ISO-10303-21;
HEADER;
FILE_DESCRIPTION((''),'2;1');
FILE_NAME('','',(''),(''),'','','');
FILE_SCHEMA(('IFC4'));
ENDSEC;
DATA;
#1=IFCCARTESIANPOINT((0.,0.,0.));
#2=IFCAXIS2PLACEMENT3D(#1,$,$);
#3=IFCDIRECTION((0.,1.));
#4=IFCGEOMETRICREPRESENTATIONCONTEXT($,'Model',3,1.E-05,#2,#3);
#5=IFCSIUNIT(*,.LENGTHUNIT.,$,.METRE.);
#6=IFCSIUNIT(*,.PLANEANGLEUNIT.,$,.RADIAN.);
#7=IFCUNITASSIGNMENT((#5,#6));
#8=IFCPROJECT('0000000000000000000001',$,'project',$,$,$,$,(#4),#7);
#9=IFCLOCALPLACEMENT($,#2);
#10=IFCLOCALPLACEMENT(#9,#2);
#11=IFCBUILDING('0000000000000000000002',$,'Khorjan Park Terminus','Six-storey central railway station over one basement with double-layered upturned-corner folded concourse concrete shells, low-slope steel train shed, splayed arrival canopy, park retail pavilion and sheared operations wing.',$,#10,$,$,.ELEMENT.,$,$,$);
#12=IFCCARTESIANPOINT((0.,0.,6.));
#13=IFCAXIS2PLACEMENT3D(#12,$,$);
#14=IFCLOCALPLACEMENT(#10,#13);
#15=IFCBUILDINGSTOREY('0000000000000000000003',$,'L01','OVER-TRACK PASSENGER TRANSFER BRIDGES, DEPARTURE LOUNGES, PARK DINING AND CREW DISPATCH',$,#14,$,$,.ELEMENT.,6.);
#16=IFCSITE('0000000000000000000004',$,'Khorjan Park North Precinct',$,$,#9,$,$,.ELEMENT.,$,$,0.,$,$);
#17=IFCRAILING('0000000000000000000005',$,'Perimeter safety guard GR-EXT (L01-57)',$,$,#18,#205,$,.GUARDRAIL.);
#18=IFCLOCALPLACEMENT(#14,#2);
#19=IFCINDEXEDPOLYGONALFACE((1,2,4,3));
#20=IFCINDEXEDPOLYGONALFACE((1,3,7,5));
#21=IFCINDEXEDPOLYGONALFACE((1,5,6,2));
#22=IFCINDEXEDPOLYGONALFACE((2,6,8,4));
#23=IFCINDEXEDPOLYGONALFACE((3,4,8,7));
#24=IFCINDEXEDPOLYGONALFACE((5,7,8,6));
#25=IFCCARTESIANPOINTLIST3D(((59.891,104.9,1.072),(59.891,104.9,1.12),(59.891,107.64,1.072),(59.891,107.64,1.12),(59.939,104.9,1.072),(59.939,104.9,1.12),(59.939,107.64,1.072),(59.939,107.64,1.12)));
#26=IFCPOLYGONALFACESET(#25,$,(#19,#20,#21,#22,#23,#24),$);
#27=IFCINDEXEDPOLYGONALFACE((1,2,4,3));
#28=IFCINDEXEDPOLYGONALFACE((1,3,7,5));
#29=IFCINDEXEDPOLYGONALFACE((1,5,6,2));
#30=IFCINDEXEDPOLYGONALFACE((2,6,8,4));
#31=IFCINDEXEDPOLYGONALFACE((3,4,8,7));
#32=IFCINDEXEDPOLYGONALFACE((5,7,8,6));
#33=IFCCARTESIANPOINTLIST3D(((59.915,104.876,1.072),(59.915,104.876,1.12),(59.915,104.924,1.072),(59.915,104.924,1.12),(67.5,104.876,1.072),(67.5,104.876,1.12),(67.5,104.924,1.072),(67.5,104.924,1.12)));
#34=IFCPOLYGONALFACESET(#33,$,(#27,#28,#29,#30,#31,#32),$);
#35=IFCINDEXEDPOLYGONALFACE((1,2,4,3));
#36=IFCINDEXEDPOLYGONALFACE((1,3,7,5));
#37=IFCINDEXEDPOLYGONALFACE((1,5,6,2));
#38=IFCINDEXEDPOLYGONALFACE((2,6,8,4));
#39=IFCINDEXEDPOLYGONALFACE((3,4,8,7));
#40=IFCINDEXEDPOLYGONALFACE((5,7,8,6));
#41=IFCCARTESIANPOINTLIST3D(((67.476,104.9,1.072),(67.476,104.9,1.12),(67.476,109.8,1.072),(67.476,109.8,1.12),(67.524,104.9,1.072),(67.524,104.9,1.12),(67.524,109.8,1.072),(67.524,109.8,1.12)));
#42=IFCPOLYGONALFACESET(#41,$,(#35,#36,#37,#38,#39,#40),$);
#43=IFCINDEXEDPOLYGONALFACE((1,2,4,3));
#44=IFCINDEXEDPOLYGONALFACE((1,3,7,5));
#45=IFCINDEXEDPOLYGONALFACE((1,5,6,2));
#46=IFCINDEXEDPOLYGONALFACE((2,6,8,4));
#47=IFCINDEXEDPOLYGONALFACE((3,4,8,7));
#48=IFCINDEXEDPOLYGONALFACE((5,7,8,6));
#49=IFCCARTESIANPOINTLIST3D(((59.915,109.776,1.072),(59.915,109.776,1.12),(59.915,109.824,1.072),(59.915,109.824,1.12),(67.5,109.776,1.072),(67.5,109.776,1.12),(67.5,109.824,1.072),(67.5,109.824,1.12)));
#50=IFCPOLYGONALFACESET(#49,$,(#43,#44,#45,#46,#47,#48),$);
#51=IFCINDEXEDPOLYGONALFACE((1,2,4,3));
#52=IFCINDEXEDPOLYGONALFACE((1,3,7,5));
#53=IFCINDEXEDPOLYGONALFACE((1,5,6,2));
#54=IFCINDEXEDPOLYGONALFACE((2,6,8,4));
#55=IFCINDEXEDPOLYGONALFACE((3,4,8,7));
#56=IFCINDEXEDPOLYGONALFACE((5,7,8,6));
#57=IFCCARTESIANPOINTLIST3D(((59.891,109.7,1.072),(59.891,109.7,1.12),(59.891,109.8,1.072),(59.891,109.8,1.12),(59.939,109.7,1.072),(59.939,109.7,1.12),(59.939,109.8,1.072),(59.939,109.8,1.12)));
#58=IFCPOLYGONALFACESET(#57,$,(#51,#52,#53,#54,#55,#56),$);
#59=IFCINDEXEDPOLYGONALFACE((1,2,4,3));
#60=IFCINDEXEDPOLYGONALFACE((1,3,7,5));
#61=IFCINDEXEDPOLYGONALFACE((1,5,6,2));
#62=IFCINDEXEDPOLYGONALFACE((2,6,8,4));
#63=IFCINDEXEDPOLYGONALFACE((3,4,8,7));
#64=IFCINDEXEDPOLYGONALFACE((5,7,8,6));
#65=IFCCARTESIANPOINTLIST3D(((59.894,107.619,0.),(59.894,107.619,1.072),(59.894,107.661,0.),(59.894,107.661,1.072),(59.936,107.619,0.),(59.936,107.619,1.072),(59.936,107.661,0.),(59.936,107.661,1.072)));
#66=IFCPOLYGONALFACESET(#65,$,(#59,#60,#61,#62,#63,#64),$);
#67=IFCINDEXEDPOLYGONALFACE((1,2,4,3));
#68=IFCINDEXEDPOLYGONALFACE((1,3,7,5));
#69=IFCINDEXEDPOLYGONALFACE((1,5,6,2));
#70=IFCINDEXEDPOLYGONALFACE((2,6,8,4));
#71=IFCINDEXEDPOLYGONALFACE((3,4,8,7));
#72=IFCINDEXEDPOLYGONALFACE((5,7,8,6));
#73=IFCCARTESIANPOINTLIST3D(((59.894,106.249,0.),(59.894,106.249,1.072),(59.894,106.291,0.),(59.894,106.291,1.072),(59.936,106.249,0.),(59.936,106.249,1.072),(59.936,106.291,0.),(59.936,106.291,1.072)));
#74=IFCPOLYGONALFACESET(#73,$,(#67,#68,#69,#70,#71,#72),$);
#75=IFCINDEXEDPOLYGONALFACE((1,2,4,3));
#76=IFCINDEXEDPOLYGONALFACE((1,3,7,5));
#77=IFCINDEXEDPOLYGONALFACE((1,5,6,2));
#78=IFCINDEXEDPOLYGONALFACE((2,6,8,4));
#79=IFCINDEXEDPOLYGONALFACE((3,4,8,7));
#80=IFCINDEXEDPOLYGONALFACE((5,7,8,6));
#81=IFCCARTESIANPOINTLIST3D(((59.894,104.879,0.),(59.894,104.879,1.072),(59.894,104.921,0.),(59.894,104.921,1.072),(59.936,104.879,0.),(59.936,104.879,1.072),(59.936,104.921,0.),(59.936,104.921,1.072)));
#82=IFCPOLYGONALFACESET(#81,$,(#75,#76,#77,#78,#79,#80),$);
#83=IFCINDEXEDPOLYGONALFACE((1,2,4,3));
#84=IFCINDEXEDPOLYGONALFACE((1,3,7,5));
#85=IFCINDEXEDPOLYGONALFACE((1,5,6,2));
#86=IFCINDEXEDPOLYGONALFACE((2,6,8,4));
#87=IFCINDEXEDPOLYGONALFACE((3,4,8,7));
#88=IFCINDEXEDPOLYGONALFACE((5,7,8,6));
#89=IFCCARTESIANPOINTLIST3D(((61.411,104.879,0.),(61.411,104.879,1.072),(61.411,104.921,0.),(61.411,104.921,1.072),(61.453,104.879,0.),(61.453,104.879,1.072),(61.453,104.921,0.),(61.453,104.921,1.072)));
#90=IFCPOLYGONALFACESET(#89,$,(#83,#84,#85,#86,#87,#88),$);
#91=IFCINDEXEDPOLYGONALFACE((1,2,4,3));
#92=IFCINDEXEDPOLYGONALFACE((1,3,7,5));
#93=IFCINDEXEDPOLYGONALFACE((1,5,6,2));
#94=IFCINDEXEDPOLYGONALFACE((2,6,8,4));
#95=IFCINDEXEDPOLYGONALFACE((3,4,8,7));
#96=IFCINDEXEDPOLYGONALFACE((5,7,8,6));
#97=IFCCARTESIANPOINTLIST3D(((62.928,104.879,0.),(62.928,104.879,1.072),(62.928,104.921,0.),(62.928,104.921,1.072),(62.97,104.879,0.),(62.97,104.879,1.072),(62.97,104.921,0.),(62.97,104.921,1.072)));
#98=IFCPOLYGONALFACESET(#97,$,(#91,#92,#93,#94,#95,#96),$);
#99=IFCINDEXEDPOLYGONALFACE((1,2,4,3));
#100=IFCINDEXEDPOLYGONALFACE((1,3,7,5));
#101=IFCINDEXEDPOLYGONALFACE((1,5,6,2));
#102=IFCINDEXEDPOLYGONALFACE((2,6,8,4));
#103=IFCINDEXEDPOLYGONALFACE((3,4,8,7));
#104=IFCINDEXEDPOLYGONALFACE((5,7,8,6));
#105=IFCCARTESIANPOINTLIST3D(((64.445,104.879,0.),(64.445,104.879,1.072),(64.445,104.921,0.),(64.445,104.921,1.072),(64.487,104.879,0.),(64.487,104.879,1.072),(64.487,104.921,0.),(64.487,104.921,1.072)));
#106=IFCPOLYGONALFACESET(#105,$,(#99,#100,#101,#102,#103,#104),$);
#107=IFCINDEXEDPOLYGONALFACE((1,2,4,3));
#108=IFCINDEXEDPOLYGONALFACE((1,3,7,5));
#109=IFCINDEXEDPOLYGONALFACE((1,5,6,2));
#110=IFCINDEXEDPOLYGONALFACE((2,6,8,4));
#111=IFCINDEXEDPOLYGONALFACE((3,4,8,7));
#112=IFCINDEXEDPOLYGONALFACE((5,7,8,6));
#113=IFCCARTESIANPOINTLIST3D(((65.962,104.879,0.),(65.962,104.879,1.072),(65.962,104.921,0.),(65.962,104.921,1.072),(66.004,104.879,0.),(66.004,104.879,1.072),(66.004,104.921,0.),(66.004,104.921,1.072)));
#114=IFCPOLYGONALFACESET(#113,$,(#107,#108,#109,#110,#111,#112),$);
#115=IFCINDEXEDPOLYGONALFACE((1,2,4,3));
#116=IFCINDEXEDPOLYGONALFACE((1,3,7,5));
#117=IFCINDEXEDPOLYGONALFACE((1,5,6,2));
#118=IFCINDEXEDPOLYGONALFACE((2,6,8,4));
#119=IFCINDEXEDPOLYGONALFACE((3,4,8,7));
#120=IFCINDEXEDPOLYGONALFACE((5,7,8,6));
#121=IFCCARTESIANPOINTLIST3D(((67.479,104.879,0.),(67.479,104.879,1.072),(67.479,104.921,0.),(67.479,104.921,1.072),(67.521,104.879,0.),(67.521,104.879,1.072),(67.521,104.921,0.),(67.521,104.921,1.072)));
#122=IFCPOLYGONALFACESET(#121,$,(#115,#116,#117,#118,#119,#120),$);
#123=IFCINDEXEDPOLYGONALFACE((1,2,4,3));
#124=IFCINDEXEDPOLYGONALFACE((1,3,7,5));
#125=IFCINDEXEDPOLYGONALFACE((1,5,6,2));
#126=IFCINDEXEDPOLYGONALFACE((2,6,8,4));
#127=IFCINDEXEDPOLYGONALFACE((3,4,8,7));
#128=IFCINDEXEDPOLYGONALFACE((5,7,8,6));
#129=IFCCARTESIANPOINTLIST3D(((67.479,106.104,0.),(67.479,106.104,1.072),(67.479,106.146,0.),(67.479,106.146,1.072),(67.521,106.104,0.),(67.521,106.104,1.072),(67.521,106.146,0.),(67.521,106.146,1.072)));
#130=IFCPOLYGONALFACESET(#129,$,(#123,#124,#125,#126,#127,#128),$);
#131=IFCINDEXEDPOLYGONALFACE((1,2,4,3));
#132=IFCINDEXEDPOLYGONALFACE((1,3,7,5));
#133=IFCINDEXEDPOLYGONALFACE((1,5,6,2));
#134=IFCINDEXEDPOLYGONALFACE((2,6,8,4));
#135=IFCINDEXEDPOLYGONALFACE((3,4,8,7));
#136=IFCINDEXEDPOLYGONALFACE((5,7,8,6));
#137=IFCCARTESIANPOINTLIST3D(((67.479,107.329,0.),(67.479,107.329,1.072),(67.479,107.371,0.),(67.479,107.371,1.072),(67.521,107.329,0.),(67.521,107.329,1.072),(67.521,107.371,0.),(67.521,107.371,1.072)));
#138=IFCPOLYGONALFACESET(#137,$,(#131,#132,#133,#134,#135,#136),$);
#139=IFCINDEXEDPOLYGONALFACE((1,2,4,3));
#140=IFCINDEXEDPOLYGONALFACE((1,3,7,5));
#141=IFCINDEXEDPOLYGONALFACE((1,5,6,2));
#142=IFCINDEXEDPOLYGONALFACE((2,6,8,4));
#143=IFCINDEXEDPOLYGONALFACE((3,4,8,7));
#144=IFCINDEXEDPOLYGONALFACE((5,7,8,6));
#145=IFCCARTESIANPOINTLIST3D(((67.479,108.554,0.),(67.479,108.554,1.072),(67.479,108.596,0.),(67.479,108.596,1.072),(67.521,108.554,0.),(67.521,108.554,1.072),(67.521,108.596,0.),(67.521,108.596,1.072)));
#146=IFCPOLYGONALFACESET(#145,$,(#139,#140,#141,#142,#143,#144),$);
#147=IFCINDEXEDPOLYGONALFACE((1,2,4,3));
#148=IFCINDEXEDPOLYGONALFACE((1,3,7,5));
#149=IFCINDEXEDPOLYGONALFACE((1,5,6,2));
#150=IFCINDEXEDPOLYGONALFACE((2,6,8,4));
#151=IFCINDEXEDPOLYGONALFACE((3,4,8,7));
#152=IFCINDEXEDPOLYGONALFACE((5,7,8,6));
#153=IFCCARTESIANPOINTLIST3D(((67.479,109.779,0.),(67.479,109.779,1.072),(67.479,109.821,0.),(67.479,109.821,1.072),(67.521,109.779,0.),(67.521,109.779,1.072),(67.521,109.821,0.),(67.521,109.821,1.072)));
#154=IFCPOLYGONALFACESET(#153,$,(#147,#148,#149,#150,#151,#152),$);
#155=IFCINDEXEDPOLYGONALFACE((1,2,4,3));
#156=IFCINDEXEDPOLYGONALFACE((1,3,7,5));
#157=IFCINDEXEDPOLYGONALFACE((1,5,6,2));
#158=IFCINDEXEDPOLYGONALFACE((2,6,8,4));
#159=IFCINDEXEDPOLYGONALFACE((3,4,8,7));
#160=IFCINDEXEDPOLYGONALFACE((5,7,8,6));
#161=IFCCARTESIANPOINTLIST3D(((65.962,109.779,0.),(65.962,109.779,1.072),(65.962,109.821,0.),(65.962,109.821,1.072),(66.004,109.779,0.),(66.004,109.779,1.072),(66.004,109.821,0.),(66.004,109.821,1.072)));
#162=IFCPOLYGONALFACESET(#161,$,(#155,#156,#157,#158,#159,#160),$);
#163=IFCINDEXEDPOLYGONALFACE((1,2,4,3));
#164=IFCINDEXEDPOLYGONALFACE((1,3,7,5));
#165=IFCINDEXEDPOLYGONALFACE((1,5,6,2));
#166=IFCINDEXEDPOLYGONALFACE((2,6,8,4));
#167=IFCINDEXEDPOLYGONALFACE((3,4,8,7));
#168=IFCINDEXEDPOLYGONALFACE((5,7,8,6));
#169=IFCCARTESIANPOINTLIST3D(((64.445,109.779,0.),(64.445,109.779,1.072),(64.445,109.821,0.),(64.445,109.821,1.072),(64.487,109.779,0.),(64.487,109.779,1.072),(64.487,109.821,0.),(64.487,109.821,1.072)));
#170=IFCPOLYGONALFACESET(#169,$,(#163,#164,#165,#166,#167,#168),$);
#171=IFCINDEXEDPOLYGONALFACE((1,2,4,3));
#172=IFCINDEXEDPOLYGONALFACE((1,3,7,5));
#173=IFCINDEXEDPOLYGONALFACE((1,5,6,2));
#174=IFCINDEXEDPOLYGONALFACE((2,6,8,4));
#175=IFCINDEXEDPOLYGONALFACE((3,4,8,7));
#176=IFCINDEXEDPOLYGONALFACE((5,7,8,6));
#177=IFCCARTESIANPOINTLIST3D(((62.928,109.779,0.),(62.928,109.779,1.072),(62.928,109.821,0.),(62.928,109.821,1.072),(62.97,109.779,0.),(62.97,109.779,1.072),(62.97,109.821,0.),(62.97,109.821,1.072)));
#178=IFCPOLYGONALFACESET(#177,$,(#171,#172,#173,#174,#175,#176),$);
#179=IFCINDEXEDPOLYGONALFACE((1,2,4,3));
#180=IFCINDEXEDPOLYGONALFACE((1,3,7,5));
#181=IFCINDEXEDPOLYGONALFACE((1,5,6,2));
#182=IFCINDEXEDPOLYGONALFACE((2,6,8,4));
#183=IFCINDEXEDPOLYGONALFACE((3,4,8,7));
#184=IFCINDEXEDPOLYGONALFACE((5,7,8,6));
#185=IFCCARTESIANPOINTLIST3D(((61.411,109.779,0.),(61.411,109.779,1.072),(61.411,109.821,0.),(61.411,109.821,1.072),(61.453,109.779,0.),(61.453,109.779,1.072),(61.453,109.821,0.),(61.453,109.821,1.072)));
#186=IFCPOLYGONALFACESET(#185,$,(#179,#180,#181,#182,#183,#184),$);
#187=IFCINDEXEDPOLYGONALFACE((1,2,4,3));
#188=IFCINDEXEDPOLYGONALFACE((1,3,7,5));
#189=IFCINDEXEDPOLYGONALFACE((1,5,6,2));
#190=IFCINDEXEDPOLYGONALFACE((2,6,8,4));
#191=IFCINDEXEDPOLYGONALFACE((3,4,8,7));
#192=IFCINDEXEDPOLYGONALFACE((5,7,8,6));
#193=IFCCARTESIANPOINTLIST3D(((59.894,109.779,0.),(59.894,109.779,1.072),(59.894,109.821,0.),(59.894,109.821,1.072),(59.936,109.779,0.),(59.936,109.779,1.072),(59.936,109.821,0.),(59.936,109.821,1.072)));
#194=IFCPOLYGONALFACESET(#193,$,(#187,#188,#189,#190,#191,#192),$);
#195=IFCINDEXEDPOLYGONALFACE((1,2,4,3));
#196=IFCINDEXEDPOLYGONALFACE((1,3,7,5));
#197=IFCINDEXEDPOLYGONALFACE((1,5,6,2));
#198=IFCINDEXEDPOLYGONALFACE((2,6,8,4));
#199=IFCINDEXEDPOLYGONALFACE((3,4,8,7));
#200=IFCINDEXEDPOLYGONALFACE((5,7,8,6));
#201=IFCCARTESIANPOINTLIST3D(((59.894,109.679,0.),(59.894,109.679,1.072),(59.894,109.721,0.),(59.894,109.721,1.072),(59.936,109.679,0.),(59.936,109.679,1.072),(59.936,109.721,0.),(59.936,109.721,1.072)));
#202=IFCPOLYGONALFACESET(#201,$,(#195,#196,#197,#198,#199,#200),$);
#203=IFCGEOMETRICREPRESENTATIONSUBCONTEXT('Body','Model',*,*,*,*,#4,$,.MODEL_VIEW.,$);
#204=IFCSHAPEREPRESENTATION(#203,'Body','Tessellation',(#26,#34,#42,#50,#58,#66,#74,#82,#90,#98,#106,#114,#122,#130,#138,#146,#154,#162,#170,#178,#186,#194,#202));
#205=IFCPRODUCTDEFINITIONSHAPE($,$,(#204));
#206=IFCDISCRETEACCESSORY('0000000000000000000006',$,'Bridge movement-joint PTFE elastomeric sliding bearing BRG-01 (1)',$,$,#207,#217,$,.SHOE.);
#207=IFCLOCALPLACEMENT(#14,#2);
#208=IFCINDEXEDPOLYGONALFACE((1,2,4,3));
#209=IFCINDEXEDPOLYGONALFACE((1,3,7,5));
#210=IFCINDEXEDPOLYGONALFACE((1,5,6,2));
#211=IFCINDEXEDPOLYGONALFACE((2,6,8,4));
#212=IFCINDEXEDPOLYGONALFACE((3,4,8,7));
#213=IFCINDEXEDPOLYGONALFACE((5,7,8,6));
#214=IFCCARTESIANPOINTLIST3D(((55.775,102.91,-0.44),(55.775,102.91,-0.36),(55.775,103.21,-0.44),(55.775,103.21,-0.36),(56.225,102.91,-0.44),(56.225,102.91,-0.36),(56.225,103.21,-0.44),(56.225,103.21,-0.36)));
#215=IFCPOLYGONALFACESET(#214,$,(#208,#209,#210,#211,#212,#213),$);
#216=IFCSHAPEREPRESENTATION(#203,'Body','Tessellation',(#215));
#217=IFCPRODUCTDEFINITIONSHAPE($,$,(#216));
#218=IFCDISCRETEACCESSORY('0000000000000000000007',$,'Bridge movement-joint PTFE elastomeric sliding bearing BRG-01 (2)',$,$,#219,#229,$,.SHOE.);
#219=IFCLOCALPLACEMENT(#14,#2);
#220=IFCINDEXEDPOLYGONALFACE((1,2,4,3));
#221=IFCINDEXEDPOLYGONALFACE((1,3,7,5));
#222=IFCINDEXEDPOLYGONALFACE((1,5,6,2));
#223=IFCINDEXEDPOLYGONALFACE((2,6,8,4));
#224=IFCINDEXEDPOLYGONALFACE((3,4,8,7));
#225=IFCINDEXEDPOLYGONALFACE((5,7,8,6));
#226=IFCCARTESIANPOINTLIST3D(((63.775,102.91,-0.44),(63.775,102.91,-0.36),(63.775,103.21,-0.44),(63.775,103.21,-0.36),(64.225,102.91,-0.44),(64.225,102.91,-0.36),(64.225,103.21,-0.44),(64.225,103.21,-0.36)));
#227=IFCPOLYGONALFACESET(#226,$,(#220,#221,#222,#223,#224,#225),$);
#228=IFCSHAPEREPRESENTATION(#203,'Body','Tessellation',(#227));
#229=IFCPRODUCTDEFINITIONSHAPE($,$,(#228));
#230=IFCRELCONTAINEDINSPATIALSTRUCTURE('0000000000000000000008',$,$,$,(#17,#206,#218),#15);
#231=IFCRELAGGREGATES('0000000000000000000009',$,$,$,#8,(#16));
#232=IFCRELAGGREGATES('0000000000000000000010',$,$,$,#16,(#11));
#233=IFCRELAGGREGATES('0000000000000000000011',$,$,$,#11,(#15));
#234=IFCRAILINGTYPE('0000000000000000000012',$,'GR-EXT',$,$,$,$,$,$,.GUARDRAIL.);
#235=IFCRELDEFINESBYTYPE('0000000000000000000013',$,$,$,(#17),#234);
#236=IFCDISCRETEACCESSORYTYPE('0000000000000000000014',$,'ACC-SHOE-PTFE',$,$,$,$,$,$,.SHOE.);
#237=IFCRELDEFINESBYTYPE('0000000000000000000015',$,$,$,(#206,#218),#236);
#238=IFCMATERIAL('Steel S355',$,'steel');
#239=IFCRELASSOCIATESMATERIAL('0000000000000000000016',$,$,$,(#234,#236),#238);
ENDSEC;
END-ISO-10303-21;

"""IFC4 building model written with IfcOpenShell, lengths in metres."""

from ifc_helpers import new_model, si_unit, direction, frame, origin, origin_2d, place, context, subcontext, project, spatial, rectangle, extrude, material, type_object, element, save


model = new_model("IFC4")

# Units and contexts
model_context = context("Model", 3, precision=1e-05, world=origin(), true_north=direction((0.0, 1.0)))
body_context = subcontext(model_context, "Body", "Model", "MODEL_VIEW")
ifc_project = project(units=[si_unit("LENGTHUNIT", "METRE"), si_unit("PLANEANGLEUNIT", "RADIAN")], contexts=[model_context])

# Site, building, storey
site_placement = place(None, origin())
site = spatial("IfcSite", under=ifc_project, at=site_placement, Name="Khorjan Park North Precinct", CompositionType="ELEMENT", RefElevation=0.0)
building_placement = place(site_placement, origin())
building = spatial("IfcBuilding", under=site, at=building_placement, Name="Khorjan Park Terminus", Description="Six-storey central railway station over one basement with double-layered upturned-corner folded concourse concrete shells, low-slope steel train shed, splayed arrival canopy, park retail pavilion and sheared operations wing.", CompositionType="ELEMENT")
storey_placement = place(building_placement, frame((0.0, 0.0, 6.0)))
storey = spatial("IfcBuildingStorey", under=building, at=storey_placement, Name="L01", Description="OVER-TRACK PASSENGER TRANSFER BRIDGES, DEPARTURE LOUNGES, PARK DINING AND CREW DISPATCH", CompositionType="ELEMENT", Elevation=6.0)

# Shared definitions
ifc_material_1 = material(Name="Steel S355", Category="steel")

# Railing
railing_type_1 = type_object("IfcRailingType", Name="GR-EXT", PredefinedType="GUARDRAIL", material=ifc_material_1)
railing_1_placement = place(storey_placement, frame((59.915, 107.64, 0.0)))
element("IfcRailing", 1, at=railing_1_placement, inside=storey, type_object=railing_type_1, Name="Perimeter safety guard GR-EXT (L01-57)", PredefinedType="GUARDRAIL", context=body_context, shape_type="SweptSolid", body=[
    extrude(rectangle(XDim=0.048, YDim=0.048, at=origin_2d()), frame((0.0, 0.0, 1.096), z_axis=(0.0, -1.0, 0.0), x_axis=(1.0, 0.0, 0.0)), (0.0, 0.0, 1.0), 2.74),
    extrude(rectangle(XDim=0.048, YDim=0.048, at=origin_2d()), frame((0.0, -2.74, 1.096), z_axis=(1.0, 0.0, 0.0), x_axis=(0.0, 1.0, 0.0)), (0.0, 0.0, 1.0), 7.585),
    extrude(rectangle(XDim=0.048, YDim=0.048, at=origin_2d()), frame((7.585, -2.74, 1.096), z_axis=(0.0, 1.0, 0.0), x_axis=(-1.0, 0.0, 0.0)), (0.0, 0.0, 1.0), 4.9),
    extrude(rectangle(XDim=0.048, YDim=0.048, at=origin_2d()), frame((7.585, 2.16, 1.096), z_axis=(-1.0, 0.0, 0.0), x_axis=(0.0, -1.0, 0.0)), (0.0, 0.0, 1.0), 7.585),
    extrude(rectangle(XDim=0.048, YDim=0.048, at=origin_2d()), frame((0.0, 2.16, 1.096), z_axis=(0.0, -1.0, 0.0), x_axis=(1.0, 0.0, 0.0)), (0.0, 0.0, 1.0), 0.1),
    extrude(rectangle(XDim=0.042, YDim=0.042, at=origin_2d()), origin(), (0.0, 0.0, 1.0), 1.072),
    extrude(rectangle(XDim=0.042, YDim=0.042, at=origin_2d()), frame((0.0, -1.37, 0.0)), (0.0, 0.0, 1.0), 1.072),
    extrude(rectangle(XDim=0.042, YDim=0.042, at=origin_2d()), frame((0.0, -2.74, 0.0)), (0.0, 0.0, 1.0), 1.072),
    extrude(rectangle(XDim=0.042, YDim=0.042, at=origin_2d()), frame((1.517, -2.74, 0.0)), (0.0, 0.0, 1.0), 1.072),
    extrude(rectangle(XDim=0.042, YDim=0.042, at=origin_2d()), frame((3.034, -2.74, 0.0)), (0.0, 0.0, 1.0), 1.072),
    extrude(rectangle(XDim=0.042, YDim=0.042, at=origin_2d()), frame((4.551, -2.74, 0.0)), (0.0, 0.0, 1.0), 1.072),
    extrude(rectangle(XDim=0.042, YDim=0.042, at=origin_2d()), frame((6.068, -2.74, 0.0)), (0.0, 0.0, 1.0), 1.072),
    extrude(rectangle(XDim=0.042, YDim=0.042, at=origin_2d()), frame((7.585, -2.74, 0.0)), (0.0, 0.0, 1.0), 1.072),
    extrude(rectangle(XDim=0.042, YDim=0.042, at=origin_2d()), frame((7.585, -1.515, 0.0)), (0.0, 0.0, 1.0), 1.072),
    extrude(rectangle(XDim=0.042, YDim=0.042, at=origin_2d()), frame((7.585, -0.29, 0.0)), (0.0, 0.0, 1.0), 1.072),
    extrude(rectangle(XDim=0.042, YDim=0.042, at=origin_2d()), frame((7.585, 0.935, 0.0)), (0.0, 0.0, 1.0), 1.072),
    extrude(rectangle(XDim=0.042, YDim=0.042, at=origin_2d()), frame((7.585, 2.16, 0.0)), (0.0, 0.0, 1.0), 1.072),
    extrude(rectangle(XDim=0.042, YDim=0.042, at=origin_2d()), frame((6.068, 2.16, 0.0)), (0.0, 0.0, 1.0), 1.072),
    extrude(rectangle(XDim=0.042, YDim=0.042, at=origin_2d()), frame((4.551, 2.16, 0.0)), (0.0, 0.0, 1.0), 1.072),
    extrude(rectangle(XDim=0.042, YDim=0.042, at=origin_2d()), frame((3.034, 2.16, 0.0)), (0.0, 0.0, 1.0), 1.072),
    extrude(rectangle(XDim=0.042, YDim=0.042, at=origin_2d()), frame((1.517, 2.16, 0.0)), (0.0, 0.0, 1.0), 1.072),
    extrude(rectangle(XDim=0.042, YDim=0.042, at=origin_2d()), frame((0.0, 2.16, 0.0)), (0.0, 0.0, 1.0), 1.072),
    extrude(rectangle(XDim=0.042, YDim=0.042, at=origin_2d()), frame((0.0, 2.06, 0.0)), (0.0, 0.0, 1.0), 1.072),
])

# Discrete accessories
discrete_accessory_type = type_object("IfcDiscreteAccessoryType", Name="ACC-SHOE-PTFE", PredefinedType="SHOE", material=ifc_material_1)
for number, where, z_axis, x_axis, name in (
    (2, (56.0, 103.06, -0.44), (0.0, 0.0, 1.0), (1.0, 0.0, 0.0), "Bridge movement-joint PTFE elastomeric sliding bearing BRG-01 (1)"),
    (3, (64.0, 103.06, -0.44), (0.0, 0.0, 1.0), (1.0, 0.0, 0.0), "Bridge movement-joint PTFE elastomeric sliding bearing BRG-01 (2)"),
):
    element("IfcDiscreteAccessory", number, at=place(storey_placement, frame(where, z_axis=z_axis, x_axis=x_axis)), inside=storey, type_object=discrete_accessory_type, Name=name, PredefinedType="SHOE", context=body_context, shape_type="SweptSolid", body=[
        extrude(rectangle(XDim=0.45, YDim=0.3, at=origin_2d()), origin(), (0.0, 0.0, 1.0), 0.08),
    ])

save(model, "model.ifc")
